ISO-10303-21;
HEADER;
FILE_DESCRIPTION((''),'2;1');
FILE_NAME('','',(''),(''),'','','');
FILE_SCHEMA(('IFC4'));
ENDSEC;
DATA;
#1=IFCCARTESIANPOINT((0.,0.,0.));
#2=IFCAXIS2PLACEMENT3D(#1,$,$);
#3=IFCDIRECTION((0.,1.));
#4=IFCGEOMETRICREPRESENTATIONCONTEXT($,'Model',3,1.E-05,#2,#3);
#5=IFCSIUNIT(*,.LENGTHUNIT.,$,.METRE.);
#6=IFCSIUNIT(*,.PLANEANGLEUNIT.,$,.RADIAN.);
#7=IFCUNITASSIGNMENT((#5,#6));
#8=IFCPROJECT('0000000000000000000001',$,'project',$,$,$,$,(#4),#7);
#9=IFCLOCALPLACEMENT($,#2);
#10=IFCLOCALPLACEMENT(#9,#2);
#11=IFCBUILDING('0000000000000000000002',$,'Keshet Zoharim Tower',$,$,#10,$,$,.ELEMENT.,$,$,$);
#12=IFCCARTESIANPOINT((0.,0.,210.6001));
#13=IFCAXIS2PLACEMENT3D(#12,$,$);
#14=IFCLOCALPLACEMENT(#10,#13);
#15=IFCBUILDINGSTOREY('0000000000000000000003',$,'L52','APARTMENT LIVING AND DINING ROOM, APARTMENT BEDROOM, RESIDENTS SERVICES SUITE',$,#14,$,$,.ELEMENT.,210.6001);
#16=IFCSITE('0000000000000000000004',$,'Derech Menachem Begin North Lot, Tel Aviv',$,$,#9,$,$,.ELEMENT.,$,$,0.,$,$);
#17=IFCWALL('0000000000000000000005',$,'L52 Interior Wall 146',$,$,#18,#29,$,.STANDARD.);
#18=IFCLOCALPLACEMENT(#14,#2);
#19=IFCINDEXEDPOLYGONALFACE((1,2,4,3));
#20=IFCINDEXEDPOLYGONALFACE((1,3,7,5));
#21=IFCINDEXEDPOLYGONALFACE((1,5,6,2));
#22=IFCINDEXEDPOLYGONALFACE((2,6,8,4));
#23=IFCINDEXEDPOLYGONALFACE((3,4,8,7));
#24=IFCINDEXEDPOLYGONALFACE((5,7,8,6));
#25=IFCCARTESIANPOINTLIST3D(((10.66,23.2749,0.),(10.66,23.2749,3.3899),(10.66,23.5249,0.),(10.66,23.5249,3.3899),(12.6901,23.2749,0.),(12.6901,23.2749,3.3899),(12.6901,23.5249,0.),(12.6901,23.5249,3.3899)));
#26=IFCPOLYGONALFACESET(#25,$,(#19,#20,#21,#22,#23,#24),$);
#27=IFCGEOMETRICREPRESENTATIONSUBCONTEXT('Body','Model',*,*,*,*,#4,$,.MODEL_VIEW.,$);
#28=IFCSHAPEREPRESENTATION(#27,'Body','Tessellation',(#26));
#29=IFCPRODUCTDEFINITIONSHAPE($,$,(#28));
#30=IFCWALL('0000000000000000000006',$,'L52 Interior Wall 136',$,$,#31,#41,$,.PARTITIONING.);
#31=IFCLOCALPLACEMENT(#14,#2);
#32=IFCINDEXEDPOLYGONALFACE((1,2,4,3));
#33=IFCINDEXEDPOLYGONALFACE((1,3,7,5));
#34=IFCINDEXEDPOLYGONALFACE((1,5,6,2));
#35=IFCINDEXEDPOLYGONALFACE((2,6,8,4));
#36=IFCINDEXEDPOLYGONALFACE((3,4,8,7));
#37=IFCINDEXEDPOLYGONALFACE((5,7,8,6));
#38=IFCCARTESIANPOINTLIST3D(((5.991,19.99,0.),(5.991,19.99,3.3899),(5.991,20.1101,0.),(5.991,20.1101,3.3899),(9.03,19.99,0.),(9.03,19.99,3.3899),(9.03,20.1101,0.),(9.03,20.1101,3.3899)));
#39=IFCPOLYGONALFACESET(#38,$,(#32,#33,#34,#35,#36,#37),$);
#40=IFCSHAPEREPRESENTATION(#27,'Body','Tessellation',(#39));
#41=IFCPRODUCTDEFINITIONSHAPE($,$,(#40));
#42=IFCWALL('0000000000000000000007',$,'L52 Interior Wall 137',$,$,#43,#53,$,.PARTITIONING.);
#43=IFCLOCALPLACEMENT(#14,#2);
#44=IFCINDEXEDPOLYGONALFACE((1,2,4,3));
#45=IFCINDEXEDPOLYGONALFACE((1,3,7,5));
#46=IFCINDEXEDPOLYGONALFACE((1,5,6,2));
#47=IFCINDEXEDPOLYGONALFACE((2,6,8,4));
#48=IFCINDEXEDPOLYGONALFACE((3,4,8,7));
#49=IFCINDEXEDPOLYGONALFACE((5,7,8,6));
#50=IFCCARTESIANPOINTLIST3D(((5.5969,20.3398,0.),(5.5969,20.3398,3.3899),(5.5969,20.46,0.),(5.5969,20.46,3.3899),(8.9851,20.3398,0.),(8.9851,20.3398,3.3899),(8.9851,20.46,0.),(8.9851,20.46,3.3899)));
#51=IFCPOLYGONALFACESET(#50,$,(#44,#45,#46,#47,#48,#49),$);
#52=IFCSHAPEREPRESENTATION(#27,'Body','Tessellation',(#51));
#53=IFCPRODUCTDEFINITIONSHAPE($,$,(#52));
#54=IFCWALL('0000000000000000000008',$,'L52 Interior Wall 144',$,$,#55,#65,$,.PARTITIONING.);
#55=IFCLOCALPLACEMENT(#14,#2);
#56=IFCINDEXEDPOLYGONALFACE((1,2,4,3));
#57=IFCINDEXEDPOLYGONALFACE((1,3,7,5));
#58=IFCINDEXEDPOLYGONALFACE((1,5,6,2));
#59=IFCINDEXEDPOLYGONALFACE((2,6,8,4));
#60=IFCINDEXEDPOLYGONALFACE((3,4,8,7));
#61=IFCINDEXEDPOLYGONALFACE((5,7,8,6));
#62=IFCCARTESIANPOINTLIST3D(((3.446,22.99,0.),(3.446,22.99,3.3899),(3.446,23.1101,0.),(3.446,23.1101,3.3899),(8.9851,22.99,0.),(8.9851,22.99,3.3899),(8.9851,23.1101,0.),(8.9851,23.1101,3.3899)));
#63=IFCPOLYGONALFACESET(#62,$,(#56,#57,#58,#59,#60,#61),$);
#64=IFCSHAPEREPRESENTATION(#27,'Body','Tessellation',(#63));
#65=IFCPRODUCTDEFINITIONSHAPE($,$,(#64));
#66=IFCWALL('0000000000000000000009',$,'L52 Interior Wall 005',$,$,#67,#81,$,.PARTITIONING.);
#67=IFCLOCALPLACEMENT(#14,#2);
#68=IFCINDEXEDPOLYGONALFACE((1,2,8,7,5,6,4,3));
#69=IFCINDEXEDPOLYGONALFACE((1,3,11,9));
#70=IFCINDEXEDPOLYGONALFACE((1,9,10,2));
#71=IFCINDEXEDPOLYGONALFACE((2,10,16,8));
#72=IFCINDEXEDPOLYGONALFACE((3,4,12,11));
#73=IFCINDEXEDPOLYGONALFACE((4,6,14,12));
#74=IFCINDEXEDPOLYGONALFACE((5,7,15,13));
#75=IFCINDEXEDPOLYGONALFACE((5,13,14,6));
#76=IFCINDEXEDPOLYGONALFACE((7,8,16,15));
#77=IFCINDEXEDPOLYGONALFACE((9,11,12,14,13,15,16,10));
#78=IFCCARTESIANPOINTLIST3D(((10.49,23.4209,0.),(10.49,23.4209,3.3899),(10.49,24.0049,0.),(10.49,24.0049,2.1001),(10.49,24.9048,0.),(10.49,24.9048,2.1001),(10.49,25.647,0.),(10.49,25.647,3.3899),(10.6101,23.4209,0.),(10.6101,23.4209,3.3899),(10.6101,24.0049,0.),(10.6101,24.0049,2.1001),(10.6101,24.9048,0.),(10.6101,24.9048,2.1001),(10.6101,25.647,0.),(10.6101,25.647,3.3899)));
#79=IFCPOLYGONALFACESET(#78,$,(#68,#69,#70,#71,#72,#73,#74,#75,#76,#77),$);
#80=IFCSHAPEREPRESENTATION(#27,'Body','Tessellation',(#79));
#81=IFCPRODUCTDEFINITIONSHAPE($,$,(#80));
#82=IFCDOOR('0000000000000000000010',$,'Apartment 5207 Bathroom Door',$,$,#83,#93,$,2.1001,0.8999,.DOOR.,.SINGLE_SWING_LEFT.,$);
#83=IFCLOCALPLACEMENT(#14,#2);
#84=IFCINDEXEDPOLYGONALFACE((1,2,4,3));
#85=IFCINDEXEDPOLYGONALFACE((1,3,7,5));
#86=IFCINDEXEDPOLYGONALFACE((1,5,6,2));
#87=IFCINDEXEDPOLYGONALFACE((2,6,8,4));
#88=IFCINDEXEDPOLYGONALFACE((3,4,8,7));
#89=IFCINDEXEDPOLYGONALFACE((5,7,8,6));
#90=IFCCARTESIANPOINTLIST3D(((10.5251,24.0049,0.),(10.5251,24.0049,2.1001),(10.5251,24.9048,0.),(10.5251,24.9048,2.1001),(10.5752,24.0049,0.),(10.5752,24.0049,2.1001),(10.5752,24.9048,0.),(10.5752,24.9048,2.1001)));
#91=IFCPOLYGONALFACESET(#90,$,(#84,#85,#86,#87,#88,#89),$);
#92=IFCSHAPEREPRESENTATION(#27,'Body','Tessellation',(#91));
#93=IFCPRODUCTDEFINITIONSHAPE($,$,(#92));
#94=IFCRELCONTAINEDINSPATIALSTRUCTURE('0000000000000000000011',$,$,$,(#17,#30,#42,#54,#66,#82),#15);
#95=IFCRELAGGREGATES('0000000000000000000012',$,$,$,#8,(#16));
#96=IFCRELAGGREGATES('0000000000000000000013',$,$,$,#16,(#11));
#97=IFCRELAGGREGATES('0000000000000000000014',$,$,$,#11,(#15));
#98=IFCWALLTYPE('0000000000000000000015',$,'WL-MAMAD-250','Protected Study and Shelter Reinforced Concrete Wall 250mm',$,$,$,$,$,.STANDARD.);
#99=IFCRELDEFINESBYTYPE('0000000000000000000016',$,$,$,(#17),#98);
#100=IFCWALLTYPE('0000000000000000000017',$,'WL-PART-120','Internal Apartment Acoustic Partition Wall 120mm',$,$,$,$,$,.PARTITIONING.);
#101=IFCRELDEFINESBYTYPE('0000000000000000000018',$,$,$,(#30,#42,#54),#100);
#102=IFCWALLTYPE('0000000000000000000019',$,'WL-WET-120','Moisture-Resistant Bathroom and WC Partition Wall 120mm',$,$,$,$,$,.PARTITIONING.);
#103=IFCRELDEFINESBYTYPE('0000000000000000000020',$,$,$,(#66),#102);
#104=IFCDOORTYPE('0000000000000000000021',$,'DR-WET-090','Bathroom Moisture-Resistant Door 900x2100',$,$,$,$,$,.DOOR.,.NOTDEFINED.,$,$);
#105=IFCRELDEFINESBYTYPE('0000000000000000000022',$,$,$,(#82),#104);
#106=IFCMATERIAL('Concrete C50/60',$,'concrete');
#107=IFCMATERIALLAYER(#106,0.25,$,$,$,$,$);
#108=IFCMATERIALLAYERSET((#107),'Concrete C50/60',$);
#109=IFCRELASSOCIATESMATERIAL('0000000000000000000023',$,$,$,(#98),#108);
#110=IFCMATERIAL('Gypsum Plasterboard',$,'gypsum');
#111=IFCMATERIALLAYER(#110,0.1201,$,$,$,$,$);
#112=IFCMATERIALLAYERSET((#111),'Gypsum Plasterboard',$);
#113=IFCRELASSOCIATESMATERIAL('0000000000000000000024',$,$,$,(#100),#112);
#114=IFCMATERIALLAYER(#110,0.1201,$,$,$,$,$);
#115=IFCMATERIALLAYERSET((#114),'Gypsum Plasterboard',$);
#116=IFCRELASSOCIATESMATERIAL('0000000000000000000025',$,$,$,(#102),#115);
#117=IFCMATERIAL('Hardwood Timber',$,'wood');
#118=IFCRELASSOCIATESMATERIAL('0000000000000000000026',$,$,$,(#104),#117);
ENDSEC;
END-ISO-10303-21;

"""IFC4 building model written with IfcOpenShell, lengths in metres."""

from ifc_helpers import new_model, si_unit, direction, frame, frame_2d, origin, place, context, subcontext, project, spatial, rectangle, extrude, material, layer, layer_set, type_object, element, fill, save


model = new_model("IFC4")

# Units and contexts
model_context = context("Model", 3, precision=1e-05, world=origin(), true_north=direction((0.0, 1.0)))
body_context = subcontext(model_context, "Body", "Model", "MODEL_VIEW")
ifc_project = project(units=[si_unit("LENGTHUNIT", "METRE"), si_unit("PLANEANGLEUNIT", "RADIAN")], contexts=[model_context])

# Site, building, storey
site_placement = place(None, origin())
site = spatial("IfcSite", under=ifc_project, at=site_placement, Name="Derech Menachem Begin North Lot, Tel Aviv", CompositionType="ELEMENT", RefElevation=0.0)
building_placement = place(site_placement, origin())
building = spatial("IfcBuilding", under=site, at=building_placement, Name="Keshet Zoharim Tower", CompositionType="ELEMENT")
storey_placement = place(building_placement, frame((0.0, 0.0, 210.6001)))
storey = spatial("IfcBuildingStorey", under=building, at=storey_placement, Name="L52", Description="APARTMENT LIVING AND DINING ROOM, APARTMENT BEDROOM, RESIDENTS SERVICES SUITE", CompositionType="ELEMENT", Elevation=210.6001)

# Shared definitions
ifc_material_1 = material(Name="Concrete C50/60", Category="concrete")

# Shared definitions
ifc_material_2 = material(Name="Gypsum Plasterboard", Category="gypsum")

# Shared definitions
ifc_layer_1 = layer(ifc_material_1, 0.25)
ifc_layer_set_1 = layer_set([ifc_layer_1], Name="Concrete C50/60")
wall_type_1 = type_object("IfcWallType", Name="WL-MAMAD-250", Description="Protected Study and Shelter Reinforced Concrete Wall 250mm", PredefinedType="STANDARD", material=ifc_layer_set_1)
ifc_material_3 = material(Name="Hardwood Timber", Category="wood")

# Wall
for number, where, z_axis, x_axis, name in (
    (1, (10.6599, 23.3999, 0.0), (0.0, 0.0, 1.0), (1.0, 0.0, 0.0), "L52 Interior Wall 146"),
):
    element("IfcWall", number, at=place(storey_placement, frame(where, z_axis=z_axis, x_axis=x_axis)), inside=storey, type_object=wall_type_1, Name=name, PredefinedType="STANDARD", context=body_context, shape_type="SweptSolid", body=[
        extrude(rectangle(XDim=2.03, YDim=0.25, at=frame_2d((1.0151, 0.0))), origin(), (0.0, 0.0, 1.0), 3.3899),
    ])

# Shared definitions
ifc_layer_2 = layer(ifc_material_2, 0.1201)
ifc_layer_set_2 = layer_set([ifc_layer_2], Name="Gypsum Plasterboard")
wall_type_2 = type_object("IfcWallType", Name="WL-PART-120", Description="Internal Apartment Acoustic Partition Wall 120mm", PredefinedType="PARTITIONING", material=ifc_layer_set_2)

# Walls
wall_1_placement = place(storey_placement, frame((5.991, 20.05, 0.0), z_axis=(0.0, 0.0, 1.0), x_axis=(1.0, 0.0, 0.0)))
element("IfcWall", 2, at=wall_1_placement, inside=storey, type_object=wall_type_2, Name="L52 Interior Wall 136", PredefinedType="PARTITIONING", context=body_context, shape_type="SweptSolid", body=[
    extrude(rectangle(XDim=3.0391, YDim=0.1201, at=frame_2d((1.5195, 0.0))), origin(), (0.0, 0.0, 1.0), 3.3899),
])
wall_2_placement = place(storey_placement, frame((5.5969, 20.3999, 0.0), z_axis=(0.0, 0.0, 1.0), x_axis=(1.0, 0.0, 0.0)))
element("IfcWall", 3, at=wall_2_placement, inside=storey, type_object=wall_type_2, Name="L52 Interior Wall 137", PredefinedType="PARTITIONING", context=body_context, shape_type="SweptSolid", body=[
    extrude(rectangle(XDim=3.3882, YDim=0.1201, at=frame_2d((1.6941, 0.0))), origin(), (0.0, 0.0, 1.0), 3.3899),
])
wall_3_placement = place(storey_placement, frame((3.446, 23.05, 0.0), z_axis=(0.0, 0.0, 1.0), x_axis=(1.0, 0.0, 0.0)))
element("IfcWall", 4, at=wall_3_placement, inside=storey, type_object=wall_type_2, Name="L52 Interior Wall 144", PredefinedType="PARTITIONING", context=body_context, shape_type="SweptSolid", body=[
    extrude(rectangle(XDim=5.5391, YDim=0.1201, at=frame_2d((2.7695, 0.0))), origin(), (0.0, 0.0, 1.0), 3.3899),
])

# Wall, opening, door
ifc_layer_3 = layer(ifc_material_2, 0.1201)
ifc_layer_set_3 = layer_set([ifc_layer_3], Name="Gypsum Plasterboard")
wall_type_3 = type_object("IfcWallType", Name="WL-WET-120", Description="Moisture-Resistant Bathroom and WC Partition Wall 120mm", PredefinedType="PARTITIONING", material=ifc_layer_set_3)
wall_4_placement = place(storey_placement, frame((10.55, 23.4209, 0.0), z_axis=(0.0, 0.0, 1.0), x_axis=(0.0, 1.0, 0.0)))
wall_4 = element("IfcWall", 5, at=wall_4_placement, inside=storey, type_object=wall_type_3, Name="L52 Interior Wall 005", PredefinedType="PARTITIONING", context=body_context, shape_type="SweptSolid", body=[
    extrude(rectangle(XDim=2.2261, YDim=0.1201, at=frame_2d((1.113, 0.0))), origin(), (0.0, 0.0, 1.0), 3.3899),
])
opening_1_placement = place(wall_4_placement, frame((0.584, 0.0, 0.0)))
opening_1 = element("IfcOpeningElement", 6, at=opening_1_placement, cuts=wall_4, PredefinedType="OPENING", context=body_context, shape_type="SweptSolid", body=[
    extrude(rectangle(XDim=0.8999, YDim=2.1001, at=frame_2d((0.45, 1.05))), frame((0.0, 0.0701, 0.0), z_axis=(0.0, -1.0, 0.0), x_axis=(1.0, 0.0, 0.0)), (0.0, 0.0, 1.0), 0.1401),
])
door_type_1 = type_object("IfcDoorType", Name="DR-WET-090", Description="Bathroom Moisture-Resistant Door 900x2100", OperationType="NOTDEFINED", PredefinedType="DOOR", material=ifc_material_3)
door_1_placement = place(opening_1_placement, origin())
door_1 = element("IfcDoor", 7, at=door_1_placement, inside=storey, type_object=door_type_1, Name="Apartment 5207 Bathroom Door", OperationType="SINGLE_SWING_LEFT", OverallHeight=2.1001, OverallWidth=0.8999, PredefinedType="DOOR", context=body_context, shape_type="SweptSolid", body=[
    extrude(rectangle(XDim=0.8999, YDim=2.1001, at=frame_2d((0.45, 1.05))), frame((0.0, 0.0249, 0.0), z_axis=(0.0, -1.0, 0.0), x_axis=(1.0, 0.0, 0.0)), (0.0, 0.0, 1.0), 0.05),
])
fill(opening_1, door_1)

save(model, "model.ifc")
